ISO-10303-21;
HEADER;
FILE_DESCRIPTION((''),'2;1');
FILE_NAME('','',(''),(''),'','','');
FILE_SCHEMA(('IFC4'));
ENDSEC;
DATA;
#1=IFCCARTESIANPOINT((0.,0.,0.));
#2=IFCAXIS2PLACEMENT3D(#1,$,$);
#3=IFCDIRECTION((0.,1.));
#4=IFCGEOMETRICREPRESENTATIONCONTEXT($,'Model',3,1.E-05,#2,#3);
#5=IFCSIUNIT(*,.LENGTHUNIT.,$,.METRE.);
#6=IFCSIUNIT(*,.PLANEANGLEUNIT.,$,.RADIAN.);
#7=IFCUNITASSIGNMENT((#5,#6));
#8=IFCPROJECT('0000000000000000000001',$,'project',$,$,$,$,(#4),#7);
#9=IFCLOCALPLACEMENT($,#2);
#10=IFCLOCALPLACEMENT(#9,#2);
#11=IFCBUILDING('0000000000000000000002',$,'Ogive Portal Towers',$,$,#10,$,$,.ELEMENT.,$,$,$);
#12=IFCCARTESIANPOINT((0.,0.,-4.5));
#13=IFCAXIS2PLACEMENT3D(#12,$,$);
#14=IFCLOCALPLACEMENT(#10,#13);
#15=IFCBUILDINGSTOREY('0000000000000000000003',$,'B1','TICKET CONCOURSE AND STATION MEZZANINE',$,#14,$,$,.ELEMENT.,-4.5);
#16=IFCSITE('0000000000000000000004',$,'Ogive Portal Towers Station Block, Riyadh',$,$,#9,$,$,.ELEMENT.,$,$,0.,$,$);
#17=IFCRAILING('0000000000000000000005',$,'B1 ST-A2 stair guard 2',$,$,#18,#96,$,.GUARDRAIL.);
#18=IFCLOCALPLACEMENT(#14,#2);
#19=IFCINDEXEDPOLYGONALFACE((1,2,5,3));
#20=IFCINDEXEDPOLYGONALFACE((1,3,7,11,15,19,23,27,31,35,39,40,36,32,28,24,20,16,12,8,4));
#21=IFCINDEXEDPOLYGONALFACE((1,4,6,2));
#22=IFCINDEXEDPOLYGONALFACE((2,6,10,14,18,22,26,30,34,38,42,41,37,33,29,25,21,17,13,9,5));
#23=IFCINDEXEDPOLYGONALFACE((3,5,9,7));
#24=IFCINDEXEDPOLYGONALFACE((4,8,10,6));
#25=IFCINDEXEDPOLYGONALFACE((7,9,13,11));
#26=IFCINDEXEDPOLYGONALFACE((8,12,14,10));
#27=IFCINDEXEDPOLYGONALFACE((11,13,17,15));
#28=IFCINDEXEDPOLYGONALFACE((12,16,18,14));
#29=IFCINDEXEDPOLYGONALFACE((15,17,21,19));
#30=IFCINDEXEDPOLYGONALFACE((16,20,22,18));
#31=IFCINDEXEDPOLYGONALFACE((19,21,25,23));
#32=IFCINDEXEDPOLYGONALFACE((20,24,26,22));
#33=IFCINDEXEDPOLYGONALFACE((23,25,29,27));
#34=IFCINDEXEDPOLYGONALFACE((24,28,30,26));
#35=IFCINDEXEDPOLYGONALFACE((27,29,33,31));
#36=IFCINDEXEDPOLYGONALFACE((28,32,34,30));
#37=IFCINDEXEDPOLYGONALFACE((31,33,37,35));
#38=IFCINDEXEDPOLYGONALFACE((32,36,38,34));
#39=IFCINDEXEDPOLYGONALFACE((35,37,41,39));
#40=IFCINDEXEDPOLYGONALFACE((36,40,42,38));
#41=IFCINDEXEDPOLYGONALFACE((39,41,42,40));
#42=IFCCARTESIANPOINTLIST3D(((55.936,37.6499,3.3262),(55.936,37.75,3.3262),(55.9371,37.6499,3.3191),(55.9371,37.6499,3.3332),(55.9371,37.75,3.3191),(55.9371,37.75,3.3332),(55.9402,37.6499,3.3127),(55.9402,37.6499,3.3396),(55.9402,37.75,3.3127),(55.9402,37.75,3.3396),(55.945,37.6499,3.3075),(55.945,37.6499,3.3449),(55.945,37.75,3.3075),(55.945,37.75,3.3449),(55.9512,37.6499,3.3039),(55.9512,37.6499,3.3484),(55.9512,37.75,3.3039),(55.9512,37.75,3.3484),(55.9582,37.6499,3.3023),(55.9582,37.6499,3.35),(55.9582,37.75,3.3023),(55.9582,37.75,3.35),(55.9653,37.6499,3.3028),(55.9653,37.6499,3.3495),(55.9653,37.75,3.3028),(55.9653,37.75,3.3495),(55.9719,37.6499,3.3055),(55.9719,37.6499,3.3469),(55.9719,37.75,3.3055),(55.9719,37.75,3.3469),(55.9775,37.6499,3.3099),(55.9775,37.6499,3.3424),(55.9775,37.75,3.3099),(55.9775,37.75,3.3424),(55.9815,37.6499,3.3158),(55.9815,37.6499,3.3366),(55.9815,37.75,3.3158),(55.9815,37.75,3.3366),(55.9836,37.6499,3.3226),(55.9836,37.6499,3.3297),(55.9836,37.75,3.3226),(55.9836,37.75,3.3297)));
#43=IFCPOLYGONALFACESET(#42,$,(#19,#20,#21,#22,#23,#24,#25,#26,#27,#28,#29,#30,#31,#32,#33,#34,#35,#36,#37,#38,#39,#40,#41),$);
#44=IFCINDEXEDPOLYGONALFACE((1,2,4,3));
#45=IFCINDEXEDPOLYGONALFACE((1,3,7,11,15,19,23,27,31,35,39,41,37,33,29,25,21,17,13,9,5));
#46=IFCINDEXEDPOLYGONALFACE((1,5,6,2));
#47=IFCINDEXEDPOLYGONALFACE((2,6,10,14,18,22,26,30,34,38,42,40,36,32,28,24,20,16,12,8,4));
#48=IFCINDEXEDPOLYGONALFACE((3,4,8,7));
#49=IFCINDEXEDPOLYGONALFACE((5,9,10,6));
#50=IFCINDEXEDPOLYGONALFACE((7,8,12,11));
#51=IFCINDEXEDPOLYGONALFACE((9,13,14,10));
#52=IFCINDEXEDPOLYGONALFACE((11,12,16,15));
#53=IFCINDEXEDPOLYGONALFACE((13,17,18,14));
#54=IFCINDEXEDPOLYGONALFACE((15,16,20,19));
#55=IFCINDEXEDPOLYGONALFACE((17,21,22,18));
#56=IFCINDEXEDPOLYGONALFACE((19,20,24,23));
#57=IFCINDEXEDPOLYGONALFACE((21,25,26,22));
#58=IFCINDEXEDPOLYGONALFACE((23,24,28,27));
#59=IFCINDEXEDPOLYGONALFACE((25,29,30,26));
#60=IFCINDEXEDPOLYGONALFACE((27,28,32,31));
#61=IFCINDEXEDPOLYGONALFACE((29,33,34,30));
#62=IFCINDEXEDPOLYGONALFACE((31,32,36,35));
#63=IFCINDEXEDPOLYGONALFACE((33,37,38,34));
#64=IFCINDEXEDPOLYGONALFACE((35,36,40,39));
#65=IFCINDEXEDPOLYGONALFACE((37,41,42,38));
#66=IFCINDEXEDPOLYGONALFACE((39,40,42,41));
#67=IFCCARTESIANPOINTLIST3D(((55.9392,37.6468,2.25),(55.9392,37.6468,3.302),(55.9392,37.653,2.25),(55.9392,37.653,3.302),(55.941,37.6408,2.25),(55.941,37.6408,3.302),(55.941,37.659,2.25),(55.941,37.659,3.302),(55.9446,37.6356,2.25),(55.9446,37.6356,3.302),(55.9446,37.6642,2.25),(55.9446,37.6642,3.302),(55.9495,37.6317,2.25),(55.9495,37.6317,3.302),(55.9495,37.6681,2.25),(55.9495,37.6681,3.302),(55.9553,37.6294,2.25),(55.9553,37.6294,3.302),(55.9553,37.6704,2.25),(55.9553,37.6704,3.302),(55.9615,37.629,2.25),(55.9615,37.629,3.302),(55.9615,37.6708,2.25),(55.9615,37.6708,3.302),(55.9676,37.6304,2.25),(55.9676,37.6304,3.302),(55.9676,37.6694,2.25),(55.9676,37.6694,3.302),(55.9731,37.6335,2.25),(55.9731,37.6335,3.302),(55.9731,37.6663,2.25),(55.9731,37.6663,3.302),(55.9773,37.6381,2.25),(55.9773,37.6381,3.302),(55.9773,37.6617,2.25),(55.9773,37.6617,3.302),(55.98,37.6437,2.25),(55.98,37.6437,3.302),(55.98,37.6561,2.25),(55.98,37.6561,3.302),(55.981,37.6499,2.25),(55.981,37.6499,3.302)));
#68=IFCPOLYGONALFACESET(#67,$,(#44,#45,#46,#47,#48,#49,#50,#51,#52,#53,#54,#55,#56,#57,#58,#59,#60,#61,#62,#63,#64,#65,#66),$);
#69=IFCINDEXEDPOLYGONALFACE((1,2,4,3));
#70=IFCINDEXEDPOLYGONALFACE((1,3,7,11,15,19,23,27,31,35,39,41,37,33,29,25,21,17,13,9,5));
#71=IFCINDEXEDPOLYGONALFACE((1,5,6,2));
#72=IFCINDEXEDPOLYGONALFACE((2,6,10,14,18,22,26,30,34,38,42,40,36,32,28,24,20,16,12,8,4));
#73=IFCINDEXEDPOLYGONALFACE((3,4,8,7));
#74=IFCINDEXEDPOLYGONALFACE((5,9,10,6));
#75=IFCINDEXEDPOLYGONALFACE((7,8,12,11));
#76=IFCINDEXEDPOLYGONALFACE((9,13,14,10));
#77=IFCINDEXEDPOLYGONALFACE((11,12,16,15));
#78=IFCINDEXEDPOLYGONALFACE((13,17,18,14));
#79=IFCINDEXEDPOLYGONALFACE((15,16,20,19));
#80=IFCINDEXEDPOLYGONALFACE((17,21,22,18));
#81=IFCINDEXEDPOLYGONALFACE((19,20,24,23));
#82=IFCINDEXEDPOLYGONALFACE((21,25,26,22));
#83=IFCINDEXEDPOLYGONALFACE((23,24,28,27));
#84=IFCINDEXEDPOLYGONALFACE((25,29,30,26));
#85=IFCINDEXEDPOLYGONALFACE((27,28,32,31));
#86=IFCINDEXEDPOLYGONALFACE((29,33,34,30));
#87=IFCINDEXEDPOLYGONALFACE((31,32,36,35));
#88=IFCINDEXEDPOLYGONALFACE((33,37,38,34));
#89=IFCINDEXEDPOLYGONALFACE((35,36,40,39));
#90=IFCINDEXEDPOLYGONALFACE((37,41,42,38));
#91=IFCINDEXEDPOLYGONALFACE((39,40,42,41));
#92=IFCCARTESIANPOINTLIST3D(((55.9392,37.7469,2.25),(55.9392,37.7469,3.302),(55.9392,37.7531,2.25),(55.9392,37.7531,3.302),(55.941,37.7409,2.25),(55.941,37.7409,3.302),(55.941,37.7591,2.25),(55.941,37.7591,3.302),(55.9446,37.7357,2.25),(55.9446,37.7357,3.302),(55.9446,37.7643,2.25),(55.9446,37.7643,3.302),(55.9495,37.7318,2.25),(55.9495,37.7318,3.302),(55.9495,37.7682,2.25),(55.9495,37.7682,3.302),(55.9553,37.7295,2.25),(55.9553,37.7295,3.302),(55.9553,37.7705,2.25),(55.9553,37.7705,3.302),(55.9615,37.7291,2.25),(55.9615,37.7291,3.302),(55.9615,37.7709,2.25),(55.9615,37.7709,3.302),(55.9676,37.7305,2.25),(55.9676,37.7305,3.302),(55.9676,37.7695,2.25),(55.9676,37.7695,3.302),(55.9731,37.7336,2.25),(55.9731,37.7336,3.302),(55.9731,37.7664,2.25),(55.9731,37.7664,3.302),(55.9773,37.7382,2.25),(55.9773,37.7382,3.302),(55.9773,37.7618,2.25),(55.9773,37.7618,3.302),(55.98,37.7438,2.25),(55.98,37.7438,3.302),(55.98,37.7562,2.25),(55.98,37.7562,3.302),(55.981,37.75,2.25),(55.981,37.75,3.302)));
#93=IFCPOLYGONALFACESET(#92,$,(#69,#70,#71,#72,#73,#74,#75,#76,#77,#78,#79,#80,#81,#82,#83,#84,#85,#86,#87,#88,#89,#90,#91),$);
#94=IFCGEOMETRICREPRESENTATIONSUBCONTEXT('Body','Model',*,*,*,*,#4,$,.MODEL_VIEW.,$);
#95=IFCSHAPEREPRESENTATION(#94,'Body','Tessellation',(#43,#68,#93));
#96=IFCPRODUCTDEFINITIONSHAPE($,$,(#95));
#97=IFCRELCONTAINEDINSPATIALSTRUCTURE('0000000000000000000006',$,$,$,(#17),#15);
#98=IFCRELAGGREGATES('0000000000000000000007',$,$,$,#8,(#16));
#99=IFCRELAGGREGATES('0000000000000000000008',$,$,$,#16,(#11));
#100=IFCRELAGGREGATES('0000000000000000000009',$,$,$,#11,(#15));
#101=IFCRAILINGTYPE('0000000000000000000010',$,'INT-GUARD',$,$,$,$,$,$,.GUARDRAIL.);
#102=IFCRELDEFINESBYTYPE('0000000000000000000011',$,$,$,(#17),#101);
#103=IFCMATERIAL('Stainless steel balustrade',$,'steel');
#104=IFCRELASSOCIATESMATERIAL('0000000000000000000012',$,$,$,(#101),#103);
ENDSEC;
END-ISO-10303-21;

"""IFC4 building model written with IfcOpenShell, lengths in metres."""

from ifc_helpers import new_model, si_unit, direction, frame, origin, origin_2d, place, context, subcontext, project, spatial, circle, extrude, material, type_object, element, save


model = new_model("IFC4")

# Units and contexts
model_context = context("Model", 3, precision=1e-05, world=origin(), true_north=direction((0.0, 1.0)))
body_context = subcontext(model_context, "Body", "Model", "MODEL_VIEW")
ifc_project = project(units=[si_unit("LENGTHUNIT", "METRE"), si_unit("PLANEANGLEUNIT", "RADIAN")], contexts=[model_context])

# Site, building, storey
site_placement = place(None, origin())
site = spatial("IfcSite", under=ifc_project, at=site_placement, Name="Ogive Portal Towers Station Block, Riyadh", CompositionType="ELEMENT", RefElevation=0.0)
building_placement = place(site_placement, origin())
building = spatial("IfcBuilding", under=site, at=building_placement, Name="Ogive Portal Towers", CompositionType="ELEMENT")
storey_placement = place(building_placement, frame((0.0, 0.0, -4.5)))
storey = spatial("IfcBuildingStorey", under=building, at=storey_placement, Name="B1", Description="TICKET CONCOURSE AND STATION MEZZANINE", CompositionType="ELEMENT", Elevation=-4.5)

# Railing
ifc_material_1 = material(Name="Stainless steel balustrade", Category="steel")
railing_type_1 = type_object("IfcRailingType", Name="INT-GUARD", PredefinedType="GUARDRAIL", material=ifc_material_1)
railing_1_placement = place(storey_placement, frame((55.96, 37.6499, 2.25)))
element("IfcRailing", 1, at=railing_1_placement, inside=storey, type_object=railing_type_1, Name="B1 ST-A2 stair guard 2", PredefinedType="GUARDRAIL", context=body_context, shape_type="SweptSolid", body=[
    extrude(circle(Radius=0.0239, at=origin_2d()), frame((0.0, 0.0, 1.0762), z_axis=(0.0, 1.0, 0.0), x_axis=(-1.0, 0.0, 0.0)), (0.0, 0.0, 1.0), 0.1001),
    extrude(circle(Radius=0.021, at=origin_2d()), origin(), (0.0, 0.0, 1.0), 1.052),
    extrude(circle(Radius=0.021, at=origin_2d()), frame((0.0, 0.1001, 0.0)), (0.0, 0.0, 1.0), 1.052),
])

save(model, "model.ifc")
